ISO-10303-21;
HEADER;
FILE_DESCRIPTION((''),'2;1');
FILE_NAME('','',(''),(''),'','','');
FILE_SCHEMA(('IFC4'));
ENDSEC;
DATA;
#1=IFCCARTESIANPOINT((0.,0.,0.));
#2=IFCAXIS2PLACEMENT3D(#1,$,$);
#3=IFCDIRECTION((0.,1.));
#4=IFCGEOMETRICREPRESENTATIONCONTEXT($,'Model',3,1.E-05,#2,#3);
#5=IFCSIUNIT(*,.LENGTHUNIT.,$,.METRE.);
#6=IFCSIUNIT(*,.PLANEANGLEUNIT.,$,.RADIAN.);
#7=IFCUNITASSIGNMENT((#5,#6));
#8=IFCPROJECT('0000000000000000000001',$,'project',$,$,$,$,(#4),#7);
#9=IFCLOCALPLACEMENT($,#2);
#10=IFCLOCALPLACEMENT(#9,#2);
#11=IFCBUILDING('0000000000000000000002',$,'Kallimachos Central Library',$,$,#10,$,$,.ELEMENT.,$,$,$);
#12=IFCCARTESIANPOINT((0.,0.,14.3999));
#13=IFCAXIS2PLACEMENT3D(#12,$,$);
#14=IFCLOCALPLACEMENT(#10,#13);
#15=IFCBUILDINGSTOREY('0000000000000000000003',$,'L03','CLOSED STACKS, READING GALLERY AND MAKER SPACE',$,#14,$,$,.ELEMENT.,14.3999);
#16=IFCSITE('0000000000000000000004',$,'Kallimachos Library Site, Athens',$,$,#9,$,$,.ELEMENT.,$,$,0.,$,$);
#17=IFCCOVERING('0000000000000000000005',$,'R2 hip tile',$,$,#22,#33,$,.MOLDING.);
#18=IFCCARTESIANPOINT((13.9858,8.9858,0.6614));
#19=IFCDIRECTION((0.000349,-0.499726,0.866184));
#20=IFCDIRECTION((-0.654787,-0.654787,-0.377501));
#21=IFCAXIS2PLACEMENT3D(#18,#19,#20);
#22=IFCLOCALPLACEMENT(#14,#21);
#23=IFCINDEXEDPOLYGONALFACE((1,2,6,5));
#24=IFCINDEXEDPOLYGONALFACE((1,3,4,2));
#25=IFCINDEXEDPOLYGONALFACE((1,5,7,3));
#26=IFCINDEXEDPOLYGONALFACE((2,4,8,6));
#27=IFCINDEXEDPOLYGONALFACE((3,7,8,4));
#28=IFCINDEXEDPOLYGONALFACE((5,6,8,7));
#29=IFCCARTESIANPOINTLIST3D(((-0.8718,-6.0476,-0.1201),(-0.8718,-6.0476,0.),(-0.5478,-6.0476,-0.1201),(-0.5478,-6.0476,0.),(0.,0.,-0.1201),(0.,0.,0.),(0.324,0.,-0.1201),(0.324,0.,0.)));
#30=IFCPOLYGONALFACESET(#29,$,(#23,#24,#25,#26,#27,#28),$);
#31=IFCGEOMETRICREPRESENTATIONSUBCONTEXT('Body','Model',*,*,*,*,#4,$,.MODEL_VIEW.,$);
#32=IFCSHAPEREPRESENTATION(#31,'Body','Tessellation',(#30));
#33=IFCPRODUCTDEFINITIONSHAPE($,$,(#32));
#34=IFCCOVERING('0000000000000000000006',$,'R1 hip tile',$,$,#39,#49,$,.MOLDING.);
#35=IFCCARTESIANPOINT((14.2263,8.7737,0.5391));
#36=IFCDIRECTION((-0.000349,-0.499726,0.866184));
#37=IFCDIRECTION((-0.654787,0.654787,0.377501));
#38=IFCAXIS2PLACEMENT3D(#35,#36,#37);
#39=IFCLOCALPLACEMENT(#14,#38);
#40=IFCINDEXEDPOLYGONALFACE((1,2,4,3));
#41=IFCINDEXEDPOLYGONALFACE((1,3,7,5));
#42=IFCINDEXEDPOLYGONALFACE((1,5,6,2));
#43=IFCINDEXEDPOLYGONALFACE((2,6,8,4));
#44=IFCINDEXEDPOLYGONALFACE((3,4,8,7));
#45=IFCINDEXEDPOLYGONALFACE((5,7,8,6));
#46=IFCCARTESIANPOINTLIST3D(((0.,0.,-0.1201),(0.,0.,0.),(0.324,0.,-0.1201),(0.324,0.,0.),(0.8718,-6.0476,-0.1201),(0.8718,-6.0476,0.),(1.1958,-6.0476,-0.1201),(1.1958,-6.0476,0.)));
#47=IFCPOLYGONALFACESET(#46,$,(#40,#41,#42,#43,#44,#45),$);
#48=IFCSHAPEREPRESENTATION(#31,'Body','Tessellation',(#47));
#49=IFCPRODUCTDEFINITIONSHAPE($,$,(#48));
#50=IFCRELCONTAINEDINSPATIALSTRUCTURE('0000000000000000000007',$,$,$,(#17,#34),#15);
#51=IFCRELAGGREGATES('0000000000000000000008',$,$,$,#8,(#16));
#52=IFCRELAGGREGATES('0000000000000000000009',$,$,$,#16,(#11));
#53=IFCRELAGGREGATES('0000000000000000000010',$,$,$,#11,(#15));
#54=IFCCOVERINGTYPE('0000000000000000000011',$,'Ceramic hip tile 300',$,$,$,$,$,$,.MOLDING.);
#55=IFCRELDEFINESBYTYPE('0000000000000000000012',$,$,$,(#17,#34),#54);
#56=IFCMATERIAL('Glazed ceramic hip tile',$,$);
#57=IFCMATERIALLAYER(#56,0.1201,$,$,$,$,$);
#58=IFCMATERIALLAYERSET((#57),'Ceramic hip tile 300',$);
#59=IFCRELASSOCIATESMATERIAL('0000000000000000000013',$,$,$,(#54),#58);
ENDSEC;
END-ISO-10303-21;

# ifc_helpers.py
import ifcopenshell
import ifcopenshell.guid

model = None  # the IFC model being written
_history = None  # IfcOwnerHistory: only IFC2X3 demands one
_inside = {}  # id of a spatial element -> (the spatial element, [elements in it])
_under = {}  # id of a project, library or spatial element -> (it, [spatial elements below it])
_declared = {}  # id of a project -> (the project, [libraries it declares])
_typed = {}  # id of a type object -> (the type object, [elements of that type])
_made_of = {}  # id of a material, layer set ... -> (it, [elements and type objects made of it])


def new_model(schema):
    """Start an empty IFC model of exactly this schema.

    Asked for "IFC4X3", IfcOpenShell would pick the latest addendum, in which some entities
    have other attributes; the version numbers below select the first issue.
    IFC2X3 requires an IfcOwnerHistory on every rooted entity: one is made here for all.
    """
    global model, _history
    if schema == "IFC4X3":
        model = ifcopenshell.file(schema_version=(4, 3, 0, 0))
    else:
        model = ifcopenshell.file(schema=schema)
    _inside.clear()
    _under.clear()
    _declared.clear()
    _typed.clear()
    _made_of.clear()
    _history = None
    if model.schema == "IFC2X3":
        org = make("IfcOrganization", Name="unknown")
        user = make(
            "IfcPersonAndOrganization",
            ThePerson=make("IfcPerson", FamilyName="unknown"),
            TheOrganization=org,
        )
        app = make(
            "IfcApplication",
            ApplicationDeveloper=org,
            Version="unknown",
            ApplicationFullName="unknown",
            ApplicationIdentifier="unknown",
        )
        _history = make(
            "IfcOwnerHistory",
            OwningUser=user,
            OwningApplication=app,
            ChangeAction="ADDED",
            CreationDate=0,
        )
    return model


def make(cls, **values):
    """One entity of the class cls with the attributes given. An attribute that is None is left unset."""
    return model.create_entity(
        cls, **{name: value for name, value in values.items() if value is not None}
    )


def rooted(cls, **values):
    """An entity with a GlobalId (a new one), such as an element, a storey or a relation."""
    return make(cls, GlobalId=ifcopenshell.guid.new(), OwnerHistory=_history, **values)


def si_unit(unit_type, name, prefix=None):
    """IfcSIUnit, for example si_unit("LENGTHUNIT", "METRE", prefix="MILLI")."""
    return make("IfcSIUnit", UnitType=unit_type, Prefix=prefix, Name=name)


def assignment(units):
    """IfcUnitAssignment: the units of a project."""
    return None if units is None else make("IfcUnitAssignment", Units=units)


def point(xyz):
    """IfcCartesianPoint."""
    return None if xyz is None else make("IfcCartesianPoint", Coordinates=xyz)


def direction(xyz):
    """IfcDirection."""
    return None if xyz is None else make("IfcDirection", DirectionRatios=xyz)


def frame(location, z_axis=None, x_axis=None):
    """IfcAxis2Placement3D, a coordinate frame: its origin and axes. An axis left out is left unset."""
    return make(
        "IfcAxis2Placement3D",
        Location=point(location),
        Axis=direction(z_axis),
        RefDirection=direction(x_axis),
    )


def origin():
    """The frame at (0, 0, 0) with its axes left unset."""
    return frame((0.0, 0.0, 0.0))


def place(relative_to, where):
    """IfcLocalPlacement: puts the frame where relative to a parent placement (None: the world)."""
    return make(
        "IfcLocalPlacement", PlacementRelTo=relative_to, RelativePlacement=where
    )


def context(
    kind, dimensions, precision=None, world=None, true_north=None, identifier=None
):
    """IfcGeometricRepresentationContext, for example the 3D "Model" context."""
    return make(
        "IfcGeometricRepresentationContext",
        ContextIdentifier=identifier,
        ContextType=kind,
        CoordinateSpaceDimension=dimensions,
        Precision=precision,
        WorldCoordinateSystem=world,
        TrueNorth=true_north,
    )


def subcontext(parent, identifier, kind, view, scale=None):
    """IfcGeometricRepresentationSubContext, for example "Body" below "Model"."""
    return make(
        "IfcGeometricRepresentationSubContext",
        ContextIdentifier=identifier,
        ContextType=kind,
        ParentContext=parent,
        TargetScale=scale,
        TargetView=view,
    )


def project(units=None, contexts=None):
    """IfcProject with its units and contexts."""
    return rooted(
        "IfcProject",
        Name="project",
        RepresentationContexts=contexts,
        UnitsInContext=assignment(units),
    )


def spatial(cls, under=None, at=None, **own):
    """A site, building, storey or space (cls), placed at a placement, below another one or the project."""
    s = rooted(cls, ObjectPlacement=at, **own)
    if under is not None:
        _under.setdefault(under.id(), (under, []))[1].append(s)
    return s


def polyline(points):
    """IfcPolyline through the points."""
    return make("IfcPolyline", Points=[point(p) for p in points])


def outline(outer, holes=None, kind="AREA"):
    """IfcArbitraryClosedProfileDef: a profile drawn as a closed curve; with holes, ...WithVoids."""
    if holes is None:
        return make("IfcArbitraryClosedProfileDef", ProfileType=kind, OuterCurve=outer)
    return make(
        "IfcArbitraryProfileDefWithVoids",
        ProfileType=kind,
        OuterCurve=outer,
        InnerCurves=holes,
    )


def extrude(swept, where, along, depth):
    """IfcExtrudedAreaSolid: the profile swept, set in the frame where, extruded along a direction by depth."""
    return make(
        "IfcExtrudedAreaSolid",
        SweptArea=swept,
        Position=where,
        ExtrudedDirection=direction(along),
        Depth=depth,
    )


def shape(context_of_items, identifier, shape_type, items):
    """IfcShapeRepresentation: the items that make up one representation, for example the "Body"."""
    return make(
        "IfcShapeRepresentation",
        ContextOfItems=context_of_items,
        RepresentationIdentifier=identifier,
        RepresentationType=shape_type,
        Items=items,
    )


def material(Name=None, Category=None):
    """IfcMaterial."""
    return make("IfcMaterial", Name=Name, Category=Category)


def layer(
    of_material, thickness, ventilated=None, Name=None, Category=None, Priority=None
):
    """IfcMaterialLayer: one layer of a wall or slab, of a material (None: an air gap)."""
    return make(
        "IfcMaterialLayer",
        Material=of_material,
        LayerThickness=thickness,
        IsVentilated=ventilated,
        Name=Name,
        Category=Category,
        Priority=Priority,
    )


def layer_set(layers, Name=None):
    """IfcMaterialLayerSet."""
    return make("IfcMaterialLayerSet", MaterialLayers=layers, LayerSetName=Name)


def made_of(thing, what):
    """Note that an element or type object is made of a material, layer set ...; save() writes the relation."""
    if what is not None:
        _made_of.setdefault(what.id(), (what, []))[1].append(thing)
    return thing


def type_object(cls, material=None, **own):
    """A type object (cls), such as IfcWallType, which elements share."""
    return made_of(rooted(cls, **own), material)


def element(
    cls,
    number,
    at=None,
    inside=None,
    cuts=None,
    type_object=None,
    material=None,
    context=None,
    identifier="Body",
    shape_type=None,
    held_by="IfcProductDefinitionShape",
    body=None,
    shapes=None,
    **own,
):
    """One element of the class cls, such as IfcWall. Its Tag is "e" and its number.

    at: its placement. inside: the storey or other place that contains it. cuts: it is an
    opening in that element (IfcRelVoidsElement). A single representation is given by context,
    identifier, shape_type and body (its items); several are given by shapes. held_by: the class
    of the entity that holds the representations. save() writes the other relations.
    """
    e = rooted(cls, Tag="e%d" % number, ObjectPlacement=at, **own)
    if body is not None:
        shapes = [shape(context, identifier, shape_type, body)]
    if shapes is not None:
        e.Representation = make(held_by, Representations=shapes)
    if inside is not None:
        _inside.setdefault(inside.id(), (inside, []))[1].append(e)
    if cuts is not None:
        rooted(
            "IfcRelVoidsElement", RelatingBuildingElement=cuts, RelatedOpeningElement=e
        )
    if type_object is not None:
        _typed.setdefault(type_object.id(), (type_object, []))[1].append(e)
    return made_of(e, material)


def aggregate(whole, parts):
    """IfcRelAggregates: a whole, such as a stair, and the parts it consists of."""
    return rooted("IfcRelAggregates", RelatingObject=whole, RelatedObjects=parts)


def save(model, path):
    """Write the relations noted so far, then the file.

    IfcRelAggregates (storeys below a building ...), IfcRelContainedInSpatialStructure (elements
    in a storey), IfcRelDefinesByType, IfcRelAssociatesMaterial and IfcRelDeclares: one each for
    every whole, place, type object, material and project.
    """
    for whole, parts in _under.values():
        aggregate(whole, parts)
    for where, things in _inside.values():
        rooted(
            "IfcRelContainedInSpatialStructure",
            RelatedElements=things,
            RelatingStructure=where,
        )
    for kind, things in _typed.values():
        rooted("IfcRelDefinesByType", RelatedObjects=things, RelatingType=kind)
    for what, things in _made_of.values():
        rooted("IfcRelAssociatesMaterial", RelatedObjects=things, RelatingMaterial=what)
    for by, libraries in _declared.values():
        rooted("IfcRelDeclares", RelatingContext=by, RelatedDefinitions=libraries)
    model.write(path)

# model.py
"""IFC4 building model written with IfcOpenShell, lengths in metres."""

from ifc_helpers import new_model, si_unit, direction, frame, origin, place, context, subcontext, project, spatial, polyline, outline, extrude, material, layer, layer_set, type_object, element, save


model = new_model("IFC4")

# Units and contexts
model_context = context("Model", 3, precision=1e-05, world=origin(), true_north=direction((0.0, 1.0)))
body_context = subcontext(model_context, "Body", "Model", "MODEL_VIEW")
ifc_project = project(units=[si_unit("LENGTHUNIT", "METRE"), si_unit("PLANEANGLEUNIT", "RADIAN")], contexts=[model_context])

# Site, building, storey
site_placement = place(None, origin())
site = spatial("IfcSite", under=ifc_project, at=site_placement, Name="Kallimachos Library Site, Athens", CompositionType="ELEMENT", RefElevation=0.0)
building_placement = place(site_placement, origin())
building = spatial("IfcBuilding", under=site, at=building_placement, Name="Kallimachos Central Library", CompositionType="ELEMENT")
storey_placement = place(building_placement, frame((0.0, 0.0, 14.3999)))
storey = spatial("IfcBuildingStorey", under=building, at=storey_placement, Name="L03", Description="CLOSED STACKS, READING GALLERY AND MAKER SPACE", CompositionType="ELEMENT", Elevation=14.3999)

# Coverings
ifc_material_1 = material(Name="Glazed ceramic hip tile")
ifc_layer_1 = layer(ifc_material_1, 0.1201)
ifc_layer_set_1 = layer_set([ifc_layer_1], Name="Ceramic hip tile 300")
covering_type_1 = type_object("IfcCoveringType", Name="Ceramic hip tile 300", PredefinedType="MOLDING", material=ifc_layer_set_1)
covering_1_placement = place(storey_placement, frame((13.9858, 8.9858, 0.6614), z_axis=(0.000349, -0.499726, 0.866184), x_axis=(-0.654787, -0.654787, -0.377501)))
element("IfcCovering", 1, at=covering_1_placement, inside=storey, type_object=covering_type_1, Name="R2 hip tile", PredefinedType="MOLDING", context=body_context, shape_type="SweptSolid", body=[
    extrude(outline(polyline([(0.0, 0.0), (0.324, 0.0), (-0.5478, -6.0476), (-0.8718, -6.0476), (0.0, 0.0)])), origin(), (0.0, 0.0, -1.0), 0.1201),
])
covering_2_placement = place(storey_placement, frame((14.2263, 8.7737, 0.5391), z_axis=(-0.000349, -0.499726, 0.866184), x_axis=(-0.654787, 0.654787, 0.377501)))
element("IfcCovering", 2, at=covering_2_placement, inside=storey, type_object=covering_type_1, Name="R1 hip tile", PredefinedType="MOLDING", context=body_context, shape_type="SweptSolid", body=[
    extrude(outline(polyline([(0.0, 0.0), (0.324, 0.0), (1.1958, -6.0476), (0.8718, -6.0476), (0.0, 0.0)])), origin(), (0.0, 0.0, -1.0), 0.1201),
])

save(model, "model.ifc")
